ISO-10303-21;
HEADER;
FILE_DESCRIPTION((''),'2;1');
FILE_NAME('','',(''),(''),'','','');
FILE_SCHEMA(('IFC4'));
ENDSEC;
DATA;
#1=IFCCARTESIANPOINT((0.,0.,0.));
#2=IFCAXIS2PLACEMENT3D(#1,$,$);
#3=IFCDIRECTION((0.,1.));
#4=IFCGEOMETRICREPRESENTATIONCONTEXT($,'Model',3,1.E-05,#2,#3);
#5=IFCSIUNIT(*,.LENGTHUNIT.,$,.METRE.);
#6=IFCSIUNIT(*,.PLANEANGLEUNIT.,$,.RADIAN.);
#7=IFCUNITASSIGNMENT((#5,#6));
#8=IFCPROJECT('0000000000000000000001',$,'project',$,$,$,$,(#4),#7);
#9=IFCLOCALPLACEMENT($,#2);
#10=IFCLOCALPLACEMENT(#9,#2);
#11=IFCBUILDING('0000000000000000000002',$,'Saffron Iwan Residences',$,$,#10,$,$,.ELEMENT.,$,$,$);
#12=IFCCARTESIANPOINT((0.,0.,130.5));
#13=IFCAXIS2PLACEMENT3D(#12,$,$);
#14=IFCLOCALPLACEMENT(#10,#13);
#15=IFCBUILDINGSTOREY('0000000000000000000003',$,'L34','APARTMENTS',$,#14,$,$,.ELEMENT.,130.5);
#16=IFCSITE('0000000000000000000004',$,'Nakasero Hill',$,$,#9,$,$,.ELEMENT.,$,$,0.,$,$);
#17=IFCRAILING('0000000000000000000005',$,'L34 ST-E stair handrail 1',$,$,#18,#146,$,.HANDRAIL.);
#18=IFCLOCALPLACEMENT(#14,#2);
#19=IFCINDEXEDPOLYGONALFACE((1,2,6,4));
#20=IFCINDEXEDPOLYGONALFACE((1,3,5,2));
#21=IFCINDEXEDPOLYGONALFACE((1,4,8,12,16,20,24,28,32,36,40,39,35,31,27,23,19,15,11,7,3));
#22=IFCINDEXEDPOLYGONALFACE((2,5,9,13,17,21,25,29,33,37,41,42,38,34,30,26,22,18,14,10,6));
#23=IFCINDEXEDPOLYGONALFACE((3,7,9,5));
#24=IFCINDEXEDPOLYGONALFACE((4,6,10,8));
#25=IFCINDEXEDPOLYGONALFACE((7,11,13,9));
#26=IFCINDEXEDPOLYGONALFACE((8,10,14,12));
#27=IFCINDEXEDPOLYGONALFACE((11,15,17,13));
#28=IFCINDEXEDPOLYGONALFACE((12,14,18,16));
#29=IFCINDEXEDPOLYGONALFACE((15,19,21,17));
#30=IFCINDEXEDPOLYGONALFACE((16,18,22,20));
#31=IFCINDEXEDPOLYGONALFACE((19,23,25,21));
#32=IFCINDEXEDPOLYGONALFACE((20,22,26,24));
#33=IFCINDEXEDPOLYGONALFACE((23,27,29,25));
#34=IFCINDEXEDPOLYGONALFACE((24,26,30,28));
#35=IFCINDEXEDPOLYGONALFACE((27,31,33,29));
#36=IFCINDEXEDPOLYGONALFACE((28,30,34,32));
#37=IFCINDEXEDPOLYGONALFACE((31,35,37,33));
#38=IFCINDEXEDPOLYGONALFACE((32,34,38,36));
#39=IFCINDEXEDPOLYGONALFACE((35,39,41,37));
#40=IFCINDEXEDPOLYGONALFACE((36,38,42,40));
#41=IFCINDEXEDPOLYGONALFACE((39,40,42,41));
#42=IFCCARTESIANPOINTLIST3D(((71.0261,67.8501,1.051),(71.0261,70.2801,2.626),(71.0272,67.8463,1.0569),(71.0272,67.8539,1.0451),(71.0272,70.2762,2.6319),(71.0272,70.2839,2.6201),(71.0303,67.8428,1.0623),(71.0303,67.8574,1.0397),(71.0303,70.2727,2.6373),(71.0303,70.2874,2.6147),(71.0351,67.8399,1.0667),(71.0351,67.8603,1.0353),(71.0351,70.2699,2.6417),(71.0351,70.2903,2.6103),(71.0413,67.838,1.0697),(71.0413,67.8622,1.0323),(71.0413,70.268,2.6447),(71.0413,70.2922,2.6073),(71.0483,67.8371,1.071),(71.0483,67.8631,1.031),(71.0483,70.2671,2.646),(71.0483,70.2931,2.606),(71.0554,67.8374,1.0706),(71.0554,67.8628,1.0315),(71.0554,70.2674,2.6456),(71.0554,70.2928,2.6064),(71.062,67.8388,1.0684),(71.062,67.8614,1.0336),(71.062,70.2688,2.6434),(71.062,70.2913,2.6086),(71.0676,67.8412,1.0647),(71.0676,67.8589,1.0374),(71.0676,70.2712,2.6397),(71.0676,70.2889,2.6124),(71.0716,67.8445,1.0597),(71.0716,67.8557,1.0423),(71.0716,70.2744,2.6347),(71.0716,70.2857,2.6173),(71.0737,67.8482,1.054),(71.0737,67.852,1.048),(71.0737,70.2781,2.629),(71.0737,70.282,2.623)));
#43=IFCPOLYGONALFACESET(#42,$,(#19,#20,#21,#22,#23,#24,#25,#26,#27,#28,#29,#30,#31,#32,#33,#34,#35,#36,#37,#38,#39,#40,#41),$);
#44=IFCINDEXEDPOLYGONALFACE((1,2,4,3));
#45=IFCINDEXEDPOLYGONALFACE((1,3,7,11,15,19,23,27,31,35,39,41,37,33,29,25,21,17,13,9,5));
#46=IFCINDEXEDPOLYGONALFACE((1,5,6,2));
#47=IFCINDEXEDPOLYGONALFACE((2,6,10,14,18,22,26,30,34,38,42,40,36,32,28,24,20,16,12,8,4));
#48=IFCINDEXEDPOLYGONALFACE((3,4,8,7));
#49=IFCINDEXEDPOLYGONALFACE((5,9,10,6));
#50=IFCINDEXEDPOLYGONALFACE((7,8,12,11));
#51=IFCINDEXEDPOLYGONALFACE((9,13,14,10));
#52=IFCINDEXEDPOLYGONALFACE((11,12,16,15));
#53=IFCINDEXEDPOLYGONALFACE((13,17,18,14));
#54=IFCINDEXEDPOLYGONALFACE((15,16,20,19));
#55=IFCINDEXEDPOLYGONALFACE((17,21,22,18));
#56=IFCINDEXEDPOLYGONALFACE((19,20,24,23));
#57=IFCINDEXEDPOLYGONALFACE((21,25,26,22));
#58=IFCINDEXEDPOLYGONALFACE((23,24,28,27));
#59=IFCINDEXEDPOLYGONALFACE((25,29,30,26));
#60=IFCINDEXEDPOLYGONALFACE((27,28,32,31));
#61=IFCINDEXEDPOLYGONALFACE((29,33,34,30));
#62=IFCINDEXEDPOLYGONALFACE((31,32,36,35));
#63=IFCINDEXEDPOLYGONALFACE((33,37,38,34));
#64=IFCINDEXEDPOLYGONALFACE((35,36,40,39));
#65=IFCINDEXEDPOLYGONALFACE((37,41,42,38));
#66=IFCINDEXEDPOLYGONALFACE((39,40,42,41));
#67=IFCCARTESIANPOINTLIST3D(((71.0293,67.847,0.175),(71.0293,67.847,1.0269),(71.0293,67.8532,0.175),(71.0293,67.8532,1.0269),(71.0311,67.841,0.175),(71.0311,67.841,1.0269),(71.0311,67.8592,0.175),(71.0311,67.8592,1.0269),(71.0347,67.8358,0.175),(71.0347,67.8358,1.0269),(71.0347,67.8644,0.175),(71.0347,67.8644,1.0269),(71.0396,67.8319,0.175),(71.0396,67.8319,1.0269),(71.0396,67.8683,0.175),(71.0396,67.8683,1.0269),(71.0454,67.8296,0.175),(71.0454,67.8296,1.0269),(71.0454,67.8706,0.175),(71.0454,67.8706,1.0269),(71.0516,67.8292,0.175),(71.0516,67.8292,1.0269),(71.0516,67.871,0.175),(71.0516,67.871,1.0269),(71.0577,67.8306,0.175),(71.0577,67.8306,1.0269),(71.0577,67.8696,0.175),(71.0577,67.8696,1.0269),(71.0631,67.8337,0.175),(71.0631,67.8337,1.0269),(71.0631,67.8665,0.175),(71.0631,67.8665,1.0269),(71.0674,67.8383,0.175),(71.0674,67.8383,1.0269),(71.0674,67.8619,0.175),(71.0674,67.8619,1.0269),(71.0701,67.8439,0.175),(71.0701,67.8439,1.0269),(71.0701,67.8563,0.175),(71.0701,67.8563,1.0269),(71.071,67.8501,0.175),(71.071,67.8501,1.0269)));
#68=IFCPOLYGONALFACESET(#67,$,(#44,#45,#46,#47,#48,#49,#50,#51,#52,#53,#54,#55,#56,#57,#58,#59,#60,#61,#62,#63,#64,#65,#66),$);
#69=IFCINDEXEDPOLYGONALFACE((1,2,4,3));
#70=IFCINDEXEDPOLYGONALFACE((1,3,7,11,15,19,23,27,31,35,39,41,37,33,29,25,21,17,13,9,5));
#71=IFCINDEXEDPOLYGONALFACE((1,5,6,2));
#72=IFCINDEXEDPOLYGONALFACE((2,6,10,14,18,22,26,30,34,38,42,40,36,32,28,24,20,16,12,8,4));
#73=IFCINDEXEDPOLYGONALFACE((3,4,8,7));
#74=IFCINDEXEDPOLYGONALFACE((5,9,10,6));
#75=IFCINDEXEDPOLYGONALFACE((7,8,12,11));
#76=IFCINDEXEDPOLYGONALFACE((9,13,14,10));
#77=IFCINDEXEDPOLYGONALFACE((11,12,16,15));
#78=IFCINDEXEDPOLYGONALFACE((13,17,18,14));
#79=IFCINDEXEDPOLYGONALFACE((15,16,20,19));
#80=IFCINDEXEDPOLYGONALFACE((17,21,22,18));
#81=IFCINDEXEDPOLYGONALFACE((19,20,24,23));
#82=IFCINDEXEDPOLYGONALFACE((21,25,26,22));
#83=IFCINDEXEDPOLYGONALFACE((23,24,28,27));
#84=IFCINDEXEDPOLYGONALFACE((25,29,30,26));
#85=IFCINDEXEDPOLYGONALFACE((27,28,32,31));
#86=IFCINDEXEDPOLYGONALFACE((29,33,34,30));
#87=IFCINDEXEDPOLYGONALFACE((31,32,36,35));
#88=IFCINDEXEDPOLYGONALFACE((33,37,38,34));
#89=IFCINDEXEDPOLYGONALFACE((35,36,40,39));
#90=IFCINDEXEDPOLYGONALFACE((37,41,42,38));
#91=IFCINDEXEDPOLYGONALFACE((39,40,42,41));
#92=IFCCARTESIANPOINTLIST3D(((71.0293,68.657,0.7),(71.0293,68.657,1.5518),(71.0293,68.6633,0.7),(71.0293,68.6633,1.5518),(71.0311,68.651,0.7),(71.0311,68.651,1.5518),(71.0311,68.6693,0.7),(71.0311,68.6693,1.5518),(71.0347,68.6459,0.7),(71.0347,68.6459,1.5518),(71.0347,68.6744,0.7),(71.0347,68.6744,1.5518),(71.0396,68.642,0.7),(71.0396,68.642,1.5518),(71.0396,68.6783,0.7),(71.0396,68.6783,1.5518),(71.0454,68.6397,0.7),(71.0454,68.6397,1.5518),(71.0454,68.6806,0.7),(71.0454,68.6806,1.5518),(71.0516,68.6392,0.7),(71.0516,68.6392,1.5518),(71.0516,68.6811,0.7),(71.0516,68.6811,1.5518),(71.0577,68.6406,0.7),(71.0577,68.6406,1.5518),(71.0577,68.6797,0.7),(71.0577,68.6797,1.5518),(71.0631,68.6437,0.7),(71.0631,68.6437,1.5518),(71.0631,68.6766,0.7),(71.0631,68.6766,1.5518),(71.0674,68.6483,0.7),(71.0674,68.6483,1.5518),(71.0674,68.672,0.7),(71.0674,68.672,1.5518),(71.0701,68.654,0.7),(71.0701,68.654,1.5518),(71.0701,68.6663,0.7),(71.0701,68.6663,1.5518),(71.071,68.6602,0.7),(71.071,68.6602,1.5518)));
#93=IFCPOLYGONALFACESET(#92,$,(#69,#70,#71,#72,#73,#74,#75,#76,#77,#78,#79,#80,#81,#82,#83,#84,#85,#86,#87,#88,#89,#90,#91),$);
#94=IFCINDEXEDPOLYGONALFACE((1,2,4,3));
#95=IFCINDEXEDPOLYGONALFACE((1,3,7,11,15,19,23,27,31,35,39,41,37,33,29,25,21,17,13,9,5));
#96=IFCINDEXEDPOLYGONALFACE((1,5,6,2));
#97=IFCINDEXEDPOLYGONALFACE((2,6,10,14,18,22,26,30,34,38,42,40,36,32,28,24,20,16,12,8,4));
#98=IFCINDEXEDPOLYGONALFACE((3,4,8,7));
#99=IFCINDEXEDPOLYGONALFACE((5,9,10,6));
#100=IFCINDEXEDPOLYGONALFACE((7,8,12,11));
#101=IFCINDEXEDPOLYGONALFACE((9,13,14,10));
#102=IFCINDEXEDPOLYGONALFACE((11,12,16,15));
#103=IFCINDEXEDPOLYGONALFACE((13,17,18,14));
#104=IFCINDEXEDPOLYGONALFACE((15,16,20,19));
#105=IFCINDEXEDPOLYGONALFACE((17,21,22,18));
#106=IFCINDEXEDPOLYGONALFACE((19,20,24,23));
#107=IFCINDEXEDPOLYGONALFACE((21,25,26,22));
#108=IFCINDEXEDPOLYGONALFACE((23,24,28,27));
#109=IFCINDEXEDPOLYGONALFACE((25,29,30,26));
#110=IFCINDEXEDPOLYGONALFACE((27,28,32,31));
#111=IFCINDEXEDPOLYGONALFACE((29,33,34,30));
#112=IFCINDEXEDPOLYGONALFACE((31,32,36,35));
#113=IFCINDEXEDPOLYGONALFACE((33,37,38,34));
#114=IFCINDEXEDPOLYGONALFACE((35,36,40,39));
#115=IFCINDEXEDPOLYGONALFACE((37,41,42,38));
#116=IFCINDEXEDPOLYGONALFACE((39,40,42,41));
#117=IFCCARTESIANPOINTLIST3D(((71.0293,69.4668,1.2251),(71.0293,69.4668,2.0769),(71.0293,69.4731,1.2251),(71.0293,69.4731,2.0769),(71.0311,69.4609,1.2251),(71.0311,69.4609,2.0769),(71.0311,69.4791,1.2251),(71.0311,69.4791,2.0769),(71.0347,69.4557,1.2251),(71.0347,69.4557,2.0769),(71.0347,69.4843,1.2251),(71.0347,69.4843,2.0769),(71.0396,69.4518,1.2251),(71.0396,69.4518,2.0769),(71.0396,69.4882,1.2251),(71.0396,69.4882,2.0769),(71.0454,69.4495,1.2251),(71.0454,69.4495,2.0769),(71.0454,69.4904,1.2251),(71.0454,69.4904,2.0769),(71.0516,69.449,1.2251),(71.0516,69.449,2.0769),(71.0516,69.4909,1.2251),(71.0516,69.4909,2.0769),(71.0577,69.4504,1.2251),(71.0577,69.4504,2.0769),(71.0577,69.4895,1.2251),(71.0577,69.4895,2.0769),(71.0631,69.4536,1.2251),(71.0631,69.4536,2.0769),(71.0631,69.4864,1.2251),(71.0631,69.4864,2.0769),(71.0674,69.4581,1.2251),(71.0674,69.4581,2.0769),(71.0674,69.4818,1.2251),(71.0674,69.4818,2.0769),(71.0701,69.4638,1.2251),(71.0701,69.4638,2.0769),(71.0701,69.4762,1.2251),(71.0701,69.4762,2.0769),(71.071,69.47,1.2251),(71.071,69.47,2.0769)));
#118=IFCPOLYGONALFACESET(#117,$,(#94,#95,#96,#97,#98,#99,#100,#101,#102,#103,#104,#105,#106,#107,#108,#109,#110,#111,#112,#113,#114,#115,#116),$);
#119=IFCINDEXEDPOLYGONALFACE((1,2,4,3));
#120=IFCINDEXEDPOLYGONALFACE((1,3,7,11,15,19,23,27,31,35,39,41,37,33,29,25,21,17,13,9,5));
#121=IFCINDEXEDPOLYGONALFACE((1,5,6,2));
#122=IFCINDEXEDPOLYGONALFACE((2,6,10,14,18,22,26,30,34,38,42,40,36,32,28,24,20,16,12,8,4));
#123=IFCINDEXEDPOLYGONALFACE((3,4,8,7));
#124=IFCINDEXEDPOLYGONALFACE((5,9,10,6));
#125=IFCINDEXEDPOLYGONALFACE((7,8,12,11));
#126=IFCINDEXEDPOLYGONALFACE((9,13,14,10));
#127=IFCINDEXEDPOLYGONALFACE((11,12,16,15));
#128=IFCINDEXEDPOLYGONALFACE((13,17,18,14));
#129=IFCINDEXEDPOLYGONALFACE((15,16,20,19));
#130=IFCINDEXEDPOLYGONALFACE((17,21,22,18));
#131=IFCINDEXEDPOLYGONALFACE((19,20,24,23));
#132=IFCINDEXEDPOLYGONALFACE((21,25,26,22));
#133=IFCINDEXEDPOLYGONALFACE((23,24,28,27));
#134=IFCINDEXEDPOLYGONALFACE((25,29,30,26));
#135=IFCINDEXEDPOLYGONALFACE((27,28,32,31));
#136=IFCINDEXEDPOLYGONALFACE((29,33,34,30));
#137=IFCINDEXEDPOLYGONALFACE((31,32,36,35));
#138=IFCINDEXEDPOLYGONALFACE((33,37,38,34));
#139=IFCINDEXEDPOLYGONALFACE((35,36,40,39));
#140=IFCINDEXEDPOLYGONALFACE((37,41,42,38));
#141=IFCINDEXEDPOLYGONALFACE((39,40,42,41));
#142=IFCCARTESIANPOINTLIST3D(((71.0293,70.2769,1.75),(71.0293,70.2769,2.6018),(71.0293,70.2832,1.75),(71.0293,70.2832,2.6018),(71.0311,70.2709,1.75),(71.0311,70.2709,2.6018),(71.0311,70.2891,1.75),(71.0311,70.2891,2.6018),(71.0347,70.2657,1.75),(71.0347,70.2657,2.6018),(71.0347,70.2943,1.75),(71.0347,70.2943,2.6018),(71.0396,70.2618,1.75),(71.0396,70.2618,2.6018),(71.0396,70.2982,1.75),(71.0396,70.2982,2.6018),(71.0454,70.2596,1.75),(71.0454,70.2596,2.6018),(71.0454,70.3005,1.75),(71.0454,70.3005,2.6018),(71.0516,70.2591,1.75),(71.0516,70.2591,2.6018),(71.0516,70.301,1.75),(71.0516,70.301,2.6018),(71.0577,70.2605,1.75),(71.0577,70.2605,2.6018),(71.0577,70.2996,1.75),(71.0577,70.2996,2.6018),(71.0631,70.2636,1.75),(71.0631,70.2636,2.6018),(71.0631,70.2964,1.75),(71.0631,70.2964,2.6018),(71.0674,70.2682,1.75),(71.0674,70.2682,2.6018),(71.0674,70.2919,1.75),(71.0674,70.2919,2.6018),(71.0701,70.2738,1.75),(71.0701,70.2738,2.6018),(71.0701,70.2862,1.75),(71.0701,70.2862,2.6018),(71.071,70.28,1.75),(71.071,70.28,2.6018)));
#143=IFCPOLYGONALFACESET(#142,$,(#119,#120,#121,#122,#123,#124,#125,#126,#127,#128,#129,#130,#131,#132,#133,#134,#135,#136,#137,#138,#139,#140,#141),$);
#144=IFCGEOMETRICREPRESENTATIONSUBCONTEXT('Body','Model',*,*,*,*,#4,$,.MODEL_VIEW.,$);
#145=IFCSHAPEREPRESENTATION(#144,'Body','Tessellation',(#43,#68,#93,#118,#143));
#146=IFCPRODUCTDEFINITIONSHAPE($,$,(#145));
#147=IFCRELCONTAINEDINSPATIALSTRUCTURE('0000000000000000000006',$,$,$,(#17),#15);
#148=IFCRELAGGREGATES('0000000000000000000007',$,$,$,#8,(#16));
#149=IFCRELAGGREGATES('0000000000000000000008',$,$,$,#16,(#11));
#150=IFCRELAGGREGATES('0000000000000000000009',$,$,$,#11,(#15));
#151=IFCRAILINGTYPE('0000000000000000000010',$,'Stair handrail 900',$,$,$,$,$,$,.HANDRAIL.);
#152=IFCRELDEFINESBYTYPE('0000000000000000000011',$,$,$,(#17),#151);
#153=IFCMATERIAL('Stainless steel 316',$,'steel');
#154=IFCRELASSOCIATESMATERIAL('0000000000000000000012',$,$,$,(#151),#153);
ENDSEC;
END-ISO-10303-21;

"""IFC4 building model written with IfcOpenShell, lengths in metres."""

from ifc_helpers import new_model, si_unit, direction, frame, origin, origin_2d, place, context, subcontext, project, spatial, circle, extrude, material, type_object, element, save


model = new_model("IFC4")

# Units and contexts
model_context = context("Model", 3, precision=1e-05, world=origin(), true_north=direction((0.0, 1.0)))
body_context = subcontext(model_context, "Body", "Model", "MODEL_VIEW")
ifc_project = project(units=[si_unit("LENGTHUNIT", "METRE"), si_unit("PLANEANGLEUNIT", "RADIAN")], contexts=[model_context])

# Site, building, storey
site_placement = place(None, origin())
site = spatial("IfcSite", under=ifc_project, at=site_placement, Name="Nakasero Hill", CompositionType="ELEMENT", RefElevation=0.0)
building_placement = place(site_placement, origin())
building = spatial("IfcBuilding", under=site, at=building_placement, Name="Saffron Iwan Residences", CompositionType="ELEMENT")
storey_placement = place(building_placement, frame((0.0, 0.0, 130.5)))
storey = spatial("IfcBuildingStorey", under=building, at=storey_placement, Name="L34", Description="APARTMENTS", CompositionType="ELEMENT", Elevation=130.5)

# Railing
ifc_material_1 = material(Name="Stainless steel 316", Category="steel")
railing_type_1 = type_object("IfcRailingType", Name="Stair handrail 900", PredefinedType="HANDRAIL", material=ifc_material_1)
railing_1_placement = place(storey_placement, frame((71.05, 67.8501, 0.175)))
element("IfcRailing", 1, at=railing_1_placement, inside=storey, type_object=railing_type_1, Name="L34 ST-E stair handrail 1", PredefinedType="HANDRAIL", context=body_context, shape_type="SweptSolid", body=[
    extrude(circle(Radius=0.0239, at=origin_2d()), frame((0.0, 0.0, 0.876), z_axis=(0.0, 0.839154, 0.543894), x_axis=(-1.0, 0.0, 0.0)), (0.0, 0.0, 1.0), 2.8958),
    extrude(circle(Radius=0.021, at=origin_2d()), origin(), (0.0, 0.0, 1.0), 0.8518),
    extrude(circle(Radius=0.021, at=origin_2d()), frame((0.0, 0.8101, 0.5249)), (0.0, 0.0, 1.0), 0.8518),
    extrude(circle(Radius=0.021, at=origin_2d()), frame((0.0, 1.6199, 1.05)), (0.0, 0.0, 1.0), 0.8518),
    extrude(circle(Radius=0.021, at=origin_2d()), frame((0.0, 2.4299, 1.575)), (0.0, 0.0, 1.0), 0.8518),
])

save(model, "model.ifc")
